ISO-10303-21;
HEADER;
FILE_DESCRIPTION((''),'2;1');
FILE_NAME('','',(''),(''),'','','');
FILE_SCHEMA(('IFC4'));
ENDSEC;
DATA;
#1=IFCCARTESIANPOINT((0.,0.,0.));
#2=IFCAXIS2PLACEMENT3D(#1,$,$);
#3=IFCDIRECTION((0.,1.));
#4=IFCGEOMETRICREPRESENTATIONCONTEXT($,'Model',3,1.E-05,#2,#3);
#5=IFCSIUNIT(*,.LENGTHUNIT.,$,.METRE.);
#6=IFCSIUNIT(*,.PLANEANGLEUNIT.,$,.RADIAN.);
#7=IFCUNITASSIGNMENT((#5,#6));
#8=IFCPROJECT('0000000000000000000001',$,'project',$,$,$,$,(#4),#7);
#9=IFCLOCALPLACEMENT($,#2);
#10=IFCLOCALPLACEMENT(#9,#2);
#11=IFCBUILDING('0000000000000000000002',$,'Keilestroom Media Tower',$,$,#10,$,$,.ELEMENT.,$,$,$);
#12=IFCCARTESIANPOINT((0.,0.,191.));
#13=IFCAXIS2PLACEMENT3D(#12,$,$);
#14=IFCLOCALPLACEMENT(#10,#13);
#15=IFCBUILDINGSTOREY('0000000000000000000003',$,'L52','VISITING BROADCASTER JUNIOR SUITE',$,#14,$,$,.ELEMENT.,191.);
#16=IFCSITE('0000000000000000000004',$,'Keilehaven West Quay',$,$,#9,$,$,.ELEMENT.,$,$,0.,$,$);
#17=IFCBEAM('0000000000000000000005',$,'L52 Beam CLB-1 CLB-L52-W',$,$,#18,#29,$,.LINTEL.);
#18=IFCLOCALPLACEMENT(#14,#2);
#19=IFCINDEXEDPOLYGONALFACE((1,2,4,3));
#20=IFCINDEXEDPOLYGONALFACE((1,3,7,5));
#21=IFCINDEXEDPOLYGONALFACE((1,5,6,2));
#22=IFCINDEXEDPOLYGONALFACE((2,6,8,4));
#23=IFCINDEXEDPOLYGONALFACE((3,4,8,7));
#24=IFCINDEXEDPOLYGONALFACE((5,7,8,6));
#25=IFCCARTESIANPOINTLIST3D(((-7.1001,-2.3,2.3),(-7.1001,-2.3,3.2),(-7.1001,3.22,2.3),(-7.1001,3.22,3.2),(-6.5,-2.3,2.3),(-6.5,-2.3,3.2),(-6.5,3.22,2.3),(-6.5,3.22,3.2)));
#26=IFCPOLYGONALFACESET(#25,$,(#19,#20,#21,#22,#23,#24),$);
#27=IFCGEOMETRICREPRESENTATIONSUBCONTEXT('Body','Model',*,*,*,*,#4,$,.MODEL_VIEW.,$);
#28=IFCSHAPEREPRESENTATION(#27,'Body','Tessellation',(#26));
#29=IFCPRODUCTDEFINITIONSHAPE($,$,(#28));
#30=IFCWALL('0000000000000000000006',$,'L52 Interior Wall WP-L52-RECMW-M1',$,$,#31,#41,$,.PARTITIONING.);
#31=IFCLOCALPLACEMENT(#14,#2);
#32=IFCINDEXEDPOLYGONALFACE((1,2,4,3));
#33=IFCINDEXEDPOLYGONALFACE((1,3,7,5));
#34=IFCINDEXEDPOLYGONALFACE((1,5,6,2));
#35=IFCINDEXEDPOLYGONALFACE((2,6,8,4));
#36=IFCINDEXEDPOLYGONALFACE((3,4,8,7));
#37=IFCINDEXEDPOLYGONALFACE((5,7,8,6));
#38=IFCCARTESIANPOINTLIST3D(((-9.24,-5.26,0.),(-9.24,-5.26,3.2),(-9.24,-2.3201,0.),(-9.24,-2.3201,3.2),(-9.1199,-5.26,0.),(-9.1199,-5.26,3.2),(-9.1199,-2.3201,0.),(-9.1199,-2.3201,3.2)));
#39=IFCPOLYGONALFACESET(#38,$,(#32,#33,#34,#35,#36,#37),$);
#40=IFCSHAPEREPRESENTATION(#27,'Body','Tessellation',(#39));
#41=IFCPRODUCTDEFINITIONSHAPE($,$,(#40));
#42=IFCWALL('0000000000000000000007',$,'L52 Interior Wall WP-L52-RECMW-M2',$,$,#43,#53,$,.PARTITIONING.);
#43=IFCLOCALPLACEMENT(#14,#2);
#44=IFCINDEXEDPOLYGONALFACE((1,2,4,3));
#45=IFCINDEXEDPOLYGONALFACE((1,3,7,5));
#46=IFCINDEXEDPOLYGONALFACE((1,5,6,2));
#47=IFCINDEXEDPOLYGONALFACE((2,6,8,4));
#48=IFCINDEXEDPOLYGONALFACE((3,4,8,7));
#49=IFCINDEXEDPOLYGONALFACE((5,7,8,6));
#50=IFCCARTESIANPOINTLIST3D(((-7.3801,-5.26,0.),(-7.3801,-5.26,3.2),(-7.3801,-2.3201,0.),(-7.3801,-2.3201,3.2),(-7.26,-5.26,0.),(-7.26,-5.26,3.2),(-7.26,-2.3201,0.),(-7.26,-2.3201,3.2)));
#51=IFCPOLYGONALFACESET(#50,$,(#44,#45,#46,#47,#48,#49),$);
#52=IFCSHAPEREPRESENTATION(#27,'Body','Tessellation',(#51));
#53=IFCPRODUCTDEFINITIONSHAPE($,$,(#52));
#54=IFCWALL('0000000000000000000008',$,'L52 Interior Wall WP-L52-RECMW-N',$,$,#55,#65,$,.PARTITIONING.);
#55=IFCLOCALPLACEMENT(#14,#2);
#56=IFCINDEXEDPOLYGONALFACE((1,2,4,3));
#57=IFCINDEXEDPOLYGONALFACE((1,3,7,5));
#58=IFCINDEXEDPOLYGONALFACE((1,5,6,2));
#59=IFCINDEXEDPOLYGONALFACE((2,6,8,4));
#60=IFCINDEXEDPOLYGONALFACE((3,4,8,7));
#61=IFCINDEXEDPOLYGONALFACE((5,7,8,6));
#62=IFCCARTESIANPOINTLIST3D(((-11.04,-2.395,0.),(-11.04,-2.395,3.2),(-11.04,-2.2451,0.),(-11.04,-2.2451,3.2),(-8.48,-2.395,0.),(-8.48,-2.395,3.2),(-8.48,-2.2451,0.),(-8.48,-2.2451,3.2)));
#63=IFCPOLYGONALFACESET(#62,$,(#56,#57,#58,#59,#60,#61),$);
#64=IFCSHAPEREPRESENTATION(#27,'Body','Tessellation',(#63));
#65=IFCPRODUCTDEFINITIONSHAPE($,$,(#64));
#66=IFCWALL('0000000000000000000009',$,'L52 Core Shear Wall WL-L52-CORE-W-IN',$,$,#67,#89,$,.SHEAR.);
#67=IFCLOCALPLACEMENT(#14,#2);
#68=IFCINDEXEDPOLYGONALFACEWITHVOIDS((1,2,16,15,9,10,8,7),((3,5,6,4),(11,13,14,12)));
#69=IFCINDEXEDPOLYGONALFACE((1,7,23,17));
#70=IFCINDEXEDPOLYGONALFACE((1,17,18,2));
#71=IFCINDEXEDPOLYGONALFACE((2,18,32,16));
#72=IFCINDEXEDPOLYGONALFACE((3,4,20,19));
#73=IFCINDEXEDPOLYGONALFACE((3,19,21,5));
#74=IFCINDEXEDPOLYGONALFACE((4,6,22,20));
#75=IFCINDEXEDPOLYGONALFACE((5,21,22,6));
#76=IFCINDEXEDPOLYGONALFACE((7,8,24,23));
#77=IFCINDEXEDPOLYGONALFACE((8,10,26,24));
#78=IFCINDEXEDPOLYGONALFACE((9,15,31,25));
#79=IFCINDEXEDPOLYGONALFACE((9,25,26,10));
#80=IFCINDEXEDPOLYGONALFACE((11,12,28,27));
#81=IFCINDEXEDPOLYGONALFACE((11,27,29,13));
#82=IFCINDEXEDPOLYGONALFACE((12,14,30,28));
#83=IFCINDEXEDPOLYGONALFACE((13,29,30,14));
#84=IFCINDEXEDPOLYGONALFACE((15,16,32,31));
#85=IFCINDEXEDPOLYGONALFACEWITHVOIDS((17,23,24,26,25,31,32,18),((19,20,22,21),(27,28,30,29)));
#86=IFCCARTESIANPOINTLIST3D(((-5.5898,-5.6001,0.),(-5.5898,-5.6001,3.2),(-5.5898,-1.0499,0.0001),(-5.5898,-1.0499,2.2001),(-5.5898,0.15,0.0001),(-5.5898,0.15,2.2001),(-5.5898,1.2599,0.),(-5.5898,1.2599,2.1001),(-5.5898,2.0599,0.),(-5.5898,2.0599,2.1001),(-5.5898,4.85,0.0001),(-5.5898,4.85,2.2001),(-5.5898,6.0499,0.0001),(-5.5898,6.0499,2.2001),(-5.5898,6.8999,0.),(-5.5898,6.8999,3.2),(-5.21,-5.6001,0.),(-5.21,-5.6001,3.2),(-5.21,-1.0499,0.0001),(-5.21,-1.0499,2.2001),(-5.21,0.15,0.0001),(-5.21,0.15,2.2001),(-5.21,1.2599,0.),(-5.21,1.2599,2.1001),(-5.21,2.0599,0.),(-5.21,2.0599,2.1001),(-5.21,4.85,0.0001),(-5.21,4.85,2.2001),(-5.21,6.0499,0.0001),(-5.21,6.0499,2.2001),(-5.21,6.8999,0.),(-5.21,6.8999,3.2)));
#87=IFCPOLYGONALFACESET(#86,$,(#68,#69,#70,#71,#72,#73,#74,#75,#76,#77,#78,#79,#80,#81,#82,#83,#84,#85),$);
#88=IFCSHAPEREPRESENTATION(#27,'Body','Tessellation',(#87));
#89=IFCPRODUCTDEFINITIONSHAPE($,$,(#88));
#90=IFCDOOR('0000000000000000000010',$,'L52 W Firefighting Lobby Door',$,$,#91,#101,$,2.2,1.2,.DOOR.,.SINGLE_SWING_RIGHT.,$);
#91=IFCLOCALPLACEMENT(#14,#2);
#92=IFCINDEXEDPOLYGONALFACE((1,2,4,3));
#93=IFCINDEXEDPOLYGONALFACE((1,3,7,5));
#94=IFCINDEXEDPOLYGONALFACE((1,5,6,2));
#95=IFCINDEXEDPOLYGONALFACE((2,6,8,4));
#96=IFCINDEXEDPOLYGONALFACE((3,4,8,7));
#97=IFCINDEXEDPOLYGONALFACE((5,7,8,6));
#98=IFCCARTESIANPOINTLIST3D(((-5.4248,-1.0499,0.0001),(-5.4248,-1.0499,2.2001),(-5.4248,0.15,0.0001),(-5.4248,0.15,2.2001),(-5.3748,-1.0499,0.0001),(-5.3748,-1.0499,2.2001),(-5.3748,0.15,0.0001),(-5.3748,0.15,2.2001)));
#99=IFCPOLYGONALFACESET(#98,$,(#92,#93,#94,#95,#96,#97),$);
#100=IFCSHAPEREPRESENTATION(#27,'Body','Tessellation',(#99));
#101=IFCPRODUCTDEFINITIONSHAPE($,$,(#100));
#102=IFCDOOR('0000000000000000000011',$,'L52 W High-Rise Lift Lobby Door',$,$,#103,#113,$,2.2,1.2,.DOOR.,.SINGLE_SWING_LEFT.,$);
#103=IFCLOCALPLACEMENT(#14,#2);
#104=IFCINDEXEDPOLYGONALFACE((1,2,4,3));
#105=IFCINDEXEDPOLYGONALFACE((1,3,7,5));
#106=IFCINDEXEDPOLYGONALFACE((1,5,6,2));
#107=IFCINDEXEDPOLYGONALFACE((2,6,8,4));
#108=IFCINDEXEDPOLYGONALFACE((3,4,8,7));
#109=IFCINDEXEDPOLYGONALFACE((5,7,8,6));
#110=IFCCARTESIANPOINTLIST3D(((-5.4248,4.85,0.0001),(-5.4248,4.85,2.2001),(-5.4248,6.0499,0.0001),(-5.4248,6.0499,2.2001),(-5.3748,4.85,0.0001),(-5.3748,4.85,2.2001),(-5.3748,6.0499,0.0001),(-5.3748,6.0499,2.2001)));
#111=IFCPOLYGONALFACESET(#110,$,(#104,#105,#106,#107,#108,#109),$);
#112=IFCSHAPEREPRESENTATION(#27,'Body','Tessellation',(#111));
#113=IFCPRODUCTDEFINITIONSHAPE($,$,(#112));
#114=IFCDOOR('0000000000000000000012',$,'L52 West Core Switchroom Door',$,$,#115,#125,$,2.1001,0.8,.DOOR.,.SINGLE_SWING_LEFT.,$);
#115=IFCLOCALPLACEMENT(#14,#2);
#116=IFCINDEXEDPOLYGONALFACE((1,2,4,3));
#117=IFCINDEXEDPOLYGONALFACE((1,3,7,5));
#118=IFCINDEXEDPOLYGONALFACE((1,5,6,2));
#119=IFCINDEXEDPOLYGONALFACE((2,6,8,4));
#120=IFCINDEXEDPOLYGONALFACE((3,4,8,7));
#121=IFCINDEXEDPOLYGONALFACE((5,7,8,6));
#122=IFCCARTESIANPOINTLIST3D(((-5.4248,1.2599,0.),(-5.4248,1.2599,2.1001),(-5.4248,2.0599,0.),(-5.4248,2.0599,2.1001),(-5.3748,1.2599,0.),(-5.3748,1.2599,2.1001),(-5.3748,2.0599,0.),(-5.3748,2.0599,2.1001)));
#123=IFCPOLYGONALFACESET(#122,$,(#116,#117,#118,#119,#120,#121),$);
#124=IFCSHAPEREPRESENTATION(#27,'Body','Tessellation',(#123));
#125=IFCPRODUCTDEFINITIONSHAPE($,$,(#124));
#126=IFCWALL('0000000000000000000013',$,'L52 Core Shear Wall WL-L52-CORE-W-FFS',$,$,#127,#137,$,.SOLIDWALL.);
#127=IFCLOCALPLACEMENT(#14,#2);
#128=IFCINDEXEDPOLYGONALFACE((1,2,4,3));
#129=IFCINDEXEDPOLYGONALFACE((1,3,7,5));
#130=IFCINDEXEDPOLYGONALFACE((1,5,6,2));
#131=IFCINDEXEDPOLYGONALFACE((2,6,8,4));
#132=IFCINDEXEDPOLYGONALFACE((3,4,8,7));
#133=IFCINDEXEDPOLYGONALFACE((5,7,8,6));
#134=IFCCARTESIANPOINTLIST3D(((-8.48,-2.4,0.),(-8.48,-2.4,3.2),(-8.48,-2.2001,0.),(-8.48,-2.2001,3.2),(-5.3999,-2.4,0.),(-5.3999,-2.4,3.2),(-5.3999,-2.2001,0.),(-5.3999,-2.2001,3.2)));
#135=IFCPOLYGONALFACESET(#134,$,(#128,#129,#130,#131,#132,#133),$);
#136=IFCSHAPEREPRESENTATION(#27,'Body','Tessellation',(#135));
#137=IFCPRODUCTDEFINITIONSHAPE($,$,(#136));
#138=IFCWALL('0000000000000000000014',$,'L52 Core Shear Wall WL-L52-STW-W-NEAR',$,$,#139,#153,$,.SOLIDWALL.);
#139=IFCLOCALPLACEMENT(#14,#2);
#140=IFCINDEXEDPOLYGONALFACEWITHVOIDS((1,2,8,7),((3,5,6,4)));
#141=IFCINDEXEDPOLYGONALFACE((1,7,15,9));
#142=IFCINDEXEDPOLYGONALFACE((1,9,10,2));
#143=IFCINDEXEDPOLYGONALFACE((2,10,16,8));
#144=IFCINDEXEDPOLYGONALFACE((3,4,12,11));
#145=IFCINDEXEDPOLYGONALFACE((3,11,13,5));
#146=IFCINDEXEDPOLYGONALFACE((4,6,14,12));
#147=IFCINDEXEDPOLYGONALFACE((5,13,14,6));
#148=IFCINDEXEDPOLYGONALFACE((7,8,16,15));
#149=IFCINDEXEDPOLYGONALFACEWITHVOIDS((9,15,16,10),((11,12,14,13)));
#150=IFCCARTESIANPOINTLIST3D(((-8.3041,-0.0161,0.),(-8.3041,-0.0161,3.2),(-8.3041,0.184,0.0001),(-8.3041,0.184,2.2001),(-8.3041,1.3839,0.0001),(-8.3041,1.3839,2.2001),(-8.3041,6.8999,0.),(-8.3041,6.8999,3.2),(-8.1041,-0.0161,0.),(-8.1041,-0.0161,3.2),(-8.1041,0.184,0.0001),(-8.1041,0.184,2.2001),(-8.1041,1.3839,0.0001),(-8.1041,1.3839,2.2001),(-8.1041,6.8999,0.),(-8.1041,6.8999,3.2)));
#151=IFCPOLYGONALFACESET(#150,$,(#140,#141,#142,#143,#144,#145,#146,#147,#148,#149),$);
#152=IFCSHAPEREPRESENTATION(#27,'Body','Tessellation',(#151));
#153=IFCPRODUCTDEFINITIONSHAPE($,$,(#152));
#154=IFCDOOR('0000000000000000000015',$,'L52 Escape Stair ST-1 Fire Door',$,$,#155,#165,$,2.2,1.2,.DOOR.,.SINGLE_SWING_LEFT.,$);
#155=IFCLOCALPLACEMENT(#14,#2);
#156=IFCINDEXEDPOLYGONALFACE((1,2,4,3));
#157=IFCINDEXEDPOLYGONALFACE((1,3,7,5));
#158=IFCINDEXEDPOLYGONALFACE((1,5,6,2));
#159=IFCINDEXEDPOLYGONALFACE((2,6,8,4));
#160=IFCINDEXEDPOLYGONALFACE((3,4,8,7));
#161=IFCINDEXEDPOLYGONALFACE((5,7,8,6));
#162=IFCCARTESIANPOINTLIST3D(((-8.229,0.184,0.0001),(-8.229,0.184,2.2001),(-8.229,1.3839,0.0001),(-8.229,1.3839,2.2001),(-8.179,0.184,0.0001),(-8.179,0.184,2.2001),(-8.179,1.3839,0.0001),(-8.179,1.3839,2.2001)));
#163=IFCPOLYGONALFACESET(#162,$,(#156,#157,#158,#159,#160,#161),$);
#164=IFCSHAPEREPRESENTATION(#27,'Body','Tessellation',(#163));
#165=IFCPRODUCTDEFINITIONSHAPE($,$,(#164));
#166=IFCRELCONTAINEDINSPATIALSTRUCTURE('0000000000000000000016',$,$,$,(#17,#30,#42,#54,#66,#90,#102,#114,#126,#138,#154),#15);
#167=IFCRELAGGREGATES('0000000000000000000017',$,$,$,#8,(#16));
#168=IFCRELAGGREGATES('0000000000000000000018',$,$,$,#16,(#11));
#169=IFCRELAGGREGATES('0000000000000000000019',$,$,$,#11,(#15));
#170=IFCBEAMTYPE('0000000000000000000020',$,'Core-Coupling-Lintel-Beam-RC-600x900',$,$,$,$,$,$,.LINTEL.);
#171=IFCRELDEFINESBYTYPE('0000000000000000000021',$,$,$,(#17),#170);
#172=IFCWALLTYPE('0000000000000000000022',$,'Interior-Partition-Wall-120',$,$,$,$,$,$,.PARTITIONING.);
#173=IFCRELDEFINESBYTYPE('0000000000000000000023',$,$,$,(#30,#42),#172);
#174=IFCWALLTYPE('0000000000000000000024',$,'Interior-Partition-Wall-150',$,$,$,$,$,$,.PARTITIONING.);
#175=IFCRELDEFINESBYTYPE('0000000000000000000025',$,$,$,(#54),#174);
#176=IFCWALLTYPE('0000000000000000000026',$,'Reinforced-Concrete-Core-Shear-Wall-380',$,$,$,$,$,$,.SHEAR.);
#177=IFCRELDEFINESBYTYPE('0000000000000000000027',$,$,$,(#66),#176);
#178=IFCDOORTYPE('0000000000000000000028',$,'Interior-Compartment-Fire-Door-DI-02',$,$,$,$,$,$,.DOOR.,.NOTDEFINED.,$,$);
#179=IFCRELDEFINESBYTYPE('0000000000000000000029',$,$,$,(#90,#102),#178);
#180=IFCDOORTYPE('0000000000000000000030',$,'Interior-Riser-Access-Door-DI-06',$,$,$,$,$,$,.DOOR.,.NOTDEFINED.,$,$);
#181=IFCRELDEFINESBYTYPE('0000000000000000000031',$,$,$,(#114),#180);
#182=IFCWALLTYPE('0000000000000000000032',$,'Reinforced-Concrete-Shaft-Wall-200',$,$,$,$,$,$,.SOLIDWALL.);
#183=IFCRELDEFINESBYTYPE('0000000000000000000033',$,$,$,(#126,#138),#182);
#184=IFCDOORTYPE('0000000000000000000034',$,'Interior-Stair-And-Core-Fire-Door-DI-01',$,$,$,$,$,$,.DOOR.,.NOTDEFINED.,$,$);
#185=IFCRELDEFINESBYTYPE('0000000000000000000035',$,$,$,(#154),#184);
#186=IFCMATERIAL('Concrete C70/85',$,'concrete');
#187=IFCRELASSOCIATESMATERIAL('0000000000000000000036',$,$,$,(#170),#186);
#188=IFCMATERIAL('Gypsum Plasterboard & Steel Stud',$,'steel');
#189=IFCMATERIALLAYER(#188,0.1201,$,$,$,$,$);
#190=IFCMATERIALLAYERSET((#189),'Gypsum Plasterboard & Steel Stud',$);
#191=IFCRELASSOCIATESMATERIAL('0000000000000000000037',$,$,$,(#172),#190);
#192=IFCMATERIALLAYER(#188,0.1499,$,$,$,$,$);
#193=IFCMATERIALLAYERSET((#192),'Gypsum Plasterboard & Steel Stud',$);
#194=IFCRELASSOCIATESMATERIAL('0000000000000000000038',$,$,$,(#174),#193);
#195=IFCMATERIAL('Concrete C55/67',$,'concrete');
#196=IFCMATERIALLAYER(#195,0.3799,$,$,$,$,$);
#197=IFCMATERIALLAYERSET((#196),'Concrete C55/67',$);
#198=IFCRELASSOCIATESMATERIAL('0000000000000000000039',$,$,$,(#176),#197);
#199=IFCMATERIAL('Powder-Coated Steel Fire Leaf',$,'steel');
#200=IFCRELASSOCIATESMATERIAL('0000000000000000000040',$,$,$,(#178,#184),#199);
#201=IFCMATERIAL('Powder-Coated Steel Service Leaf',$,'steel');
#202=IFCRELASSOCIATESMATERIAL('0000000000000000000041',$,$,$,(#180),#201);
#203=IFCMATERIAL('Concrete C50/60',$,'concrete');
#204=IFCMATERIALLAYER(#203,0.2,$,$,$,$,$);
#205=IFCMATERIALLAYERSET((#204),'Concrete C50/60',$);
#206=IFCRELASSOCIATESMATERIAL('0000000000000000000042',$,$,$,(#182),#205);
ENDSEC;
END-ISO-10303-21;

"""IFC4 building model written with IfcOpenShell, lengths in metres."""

from ifc_helpers import new_model, si_unit, direction, frame, frame_2d, origin, origin_2d, place, context, subcontext, project, spatial, rectangle, extrude, source, transform, mapped, material, layer, layer_set, material_profile, profile_set, type_object, element, fill, save


model = new_model("IFC4")

# Units and contexts
model_context = context("Model", 3, precision=1e-05, world=origin(), true_north=direction((0.0, 1.0)))
body_context = subcontext(model_context, "Body", "Model", "MODEL_VIEW")
ifc_project = project(units=[si_unit("LENGTHUNIT", "METRE"), si_unit("PLANEANGLEUNIT", "RADIAN")], contexts=[model_context])

# Site, building, storey
site_placement = place(None, origin())
site = spatial("IfcSite", under=ifc_project, at=site_placement, Name="Keilehaven West Quay", CompositionType="ELEMENT", RefElevation=0.0)
building_placement = place(site_placement, origin())
building = spatial("IfcBuilding", under=site, at=building_placement, Name="Keilestroom Media Tower", CompositionType="ELEMENT")
storey_placement = place(building_placement, frame((0.0, 0.0, 191.0)))
storey = spatial("IfcBuildingStorey", under=building, at=storey_placement, Name="L52", Description="VISITING BROADCASTER JUNIOR SUITE", CompositionType="ELEMENT", Elevation=191.0)

# Beam
ifc_material_1 = material(Name="Concrete C70/85", Category="concrete")
ifc_material_profile = material_profile(ifc_material_1, rectangle(XDim=0.6001, YDim=0.8999, at=origin_2d()), Name="RC 600x900")
ifc_profile_set = profile_set([ifc_material_profile], Name="Concrete C70/85")
beam_type = type_object("IfcBeamType", Name="Core-Coupling-Lintel-Beam-RC-600x900", PredefinedType="LINTEL", material=ifc_profile_set)
shared_shape_1 = source(origin(), body_context, "Body", "SweptSolid", [
    extrude(rectangle(XDim=0.6001, YDim=0.8999, at=origin_2d()), origin(), (0.0, 0.0, 1.0), 5.52),
])
beam_placement = place(storey_placement, frame((-6.8, -2.3, 2.75), z_axis=(0.0, 1.0, 0.0), x_axis=(-1.0, 0.0, 0.0)))
element("IfcBeam", 1, at=beam_placement, inside=storey, type_object=beam_type, Name="L52 Beam CLB-1 CLB-L52-W", PredefinedType="LINTEL", context=body_context, shape_type="MappedRepresentation", body=[
    mapped(shared_shape_1, transform((0.0, 0.0, 0.0), x_axis=(1.0, 0.0, 0.0), y_axis=(0.0, 1.0, 0.0), z_axis=(0.0, 0.0, 1.0), scale=1.0)),
])

# Walls
ifc_material_2 = material(Name="Gypsum Plasterboard & Steel Stud", Category="steel")
ifc_layer_1 = layer(ifc_material_2, 0.1201)
ifc_layer_set_1 = layer_set([ifc_layer_1], Name="Gypsum Plasterboard & Steel Stud")
wall_type_1 = type_object("IfcWallType", Name="Interior-Partition-Wall-120", PredefinedType="PARTITIONING", material=ifc_layer_set_1)
for number, where, z_axis, x_axis, name in (
    (2, (-9.1799, -5.26, 0.0), (0.0, 0.0, 1.0), (0.0, 1.0, 0.0), "L52 Interior Wall WP-L52-RECMW-M1"),
    (3, (-7.3201, -5.26, 0.0), (0.0, 0.0, 1.0), (0.0, 1.0, 0.0), "L52 Interior Wall WP-L52-RECMW-M2"),
):
    element("IfcWall", number, at=place(storey_placement, frame(where, z_axis=z_axis, x_axis=x_axis)), inside=storey, type_object=wall_type_1, Name=name, PredefinedType="PARTITIONING", context=body_context, shape_type="SweptSolid", body=[
        extrude(rectangle(XDim=2.9399, YDim=0.1201, at=frame_2d((1.47, 0.0))), origin(), (0.0, 0.0, 1.0), 3.2),
    ])
ifc_layer_2 = layer(ifc_material_2, 0.1499)
ifc_layer_set_2 = layer_set([ifc_layer_2], Name="Gypsum Plasterboard & Steel Stud")
wall_type_2 = type_object("IfcWallType", Name="Interior-Partition-Wall-150", PredefinedType="PARTITIONING", material=ifc_layer_set_2)
wall_1_placement = place(storey_placement, frame((-11.04, -2.3201, 0.0), z_axis=(0.0, 0.0, 1.0), x_axis=(1.0, 0.0, 0.0)))
element("IfcWall", 4, at=wall_1_placement, inside=storey, type_object=wall_type_2, Name="L52 Interior Wall WP-L52-RECMW-N", PredefinedType="PARTITIONING", context=body_context, shape_type="SweptSolid", body=[
    extrude(rectangle(XDim=2.5601, YDim=0.1499, at=frame_2d((1.28, 0.0))), origin(), (0.0, 0.0, 1.0), 3.2),
])

# Wall, openings, doors
ifc_material_3 = material(Name="Concrete C55/67", Category="concrete")
ifc_layer_3 = layer(ifc_material_3, 0.3799)
ifc_layer_set_3 = layer_set([ifc_layer_3], Name="Concrete C55/67")
wall_type_3 = type_object("IfcWallType", Name="Reinforced-Concrete-Core-Shear-Wall-380", PredefinedType="SHEAR", material=ifc_layer_set_3)
wall_2_placement = place(storey_placement, frame((-5.3999, -5.6001, 0.0), z_axis=(0.0, 0.0, 1.0), x_axis=(0.0, 1.0, 0.0)))
wall_2 = element("IfcWall", 5, at=wall_2_placement, inside=storey, type_object=wall_type_3, Name="L52 Core Shear Wall WL-L52-CORE-W-IN", PredefinedType="SHEAR", context=body_context, shape_type="SweptSolid", body=[
    extrude(rectangle(XDim=12.5, YDim=0.3799, at=frame_2d((6.25, 0.0))), origin(), (0.0, 0.0, 1.0), 3.2),
])
opening_1_placement = place(wall_2_placement, frame((4.55, 0.0, 0.0)))
opening_1 = element("IfcOpeningElement", 6, at=opening_1_placement, cuts=wall_2, PredefinedType="OPENING", context=body_context, shape_type="SweptSolid", body=[
    extrude(rectangle(XDim=1.2, YDim=2.2, at=frame_2d((0.6001, 1.1001))), frame((0.0, 0.2, 0.0), z_axis=(0.0, -1.0, 0.0), x_axis=(1.0, 0.0, 0.0)), (0.0, 0.0, 1.0), 0.3999),
])
opening_2_placement = place(wall_2_placement, frame((10.45, 0.0, 0.0)))
opening_2 = element("IfcOpeningElement", 7, at=opening_2_placement, cuts=wall_2, PredefinedType="OPENING", context=body_context, shape_type="SweptSolid", body=[
    extrude(rectangle(XDim=1.2, YDim=2.2, at=frame_2d((0.6001, 1.1001))), frame((0.0, 0.2, 0.0), z_axis=(0.0, -1.0, 0.0), x_axis=(1.0, 0.0, 0.0)), (0.0, 0.0, 1.0), 0.3999),
])
opening_3_placement = place(wall_2_placement, frame((6.8601, 0.0, 0.0)))
opening_3 = element("IfcOpeningElement", 8, at=opening_3_placement, cuts=wall_2, PredefinedType="OPENING", context=body_context, shape_type="SweptSolid", body=[
    extrude(rectangle(XDim=0.8, YDim=2.1001, at=frame_2d((0.3999, 1.05))), frame((0.0, 0.2, 0.0), z_axis=(0.0, -1.0, 0.0), x_axis=(1.0, 0.0, 0.0)), (0.0, 0.0, 1.0), 0.3999),
])
ifc_material_4 = material(Name="Powder-Coated Steel Fire Leaf", Category="steel")
door_type_1 = type_object("IfcDoorType", Name="Interior-Compartment-Fire-Door-DI-02", OperationType="NOTDEFINED", PredefinedType="DOOR", material=ifc_material_4)
shared_shape_2 = source(origin(), body_context, "Body", "SweptSolid", [
    extrude(rectangle(XDim=1.2, YDim=2.2, at=frame_2d((0.6001, 1.1001))), frame((0.0, 0.0249, 0.0), z_axis=(0.0, -1.0, 0.0), x_axis=(1.0, 0.0, 0.0)), (0.0, 0.0, 1.0), 0.05),
])
door_1_placement = place(opening_1_placement, origin())
door_1 = element("IfcDoor", 9, at=door_1_placement, inside=storey, type_object=door_type_1, Name="L52 W Firefighting Lobby Door", OperationType="SINGLE_SWING_RIGHT", OverallHeight=2.2, OverallWidth=1.2, PredefinedType="DOOR", context=body_context, shape_type="MappedRepresentation", body=[
    mapped(shared_shape_2, transform((0.0, 0.0, 0.0), x_axis=(1.0, 0.0, 0.0), y_axis=(0.0, 1.0, 0.0), z_axis=(0.0, 0.0, 1.0), scale=1.0)),
])
fill(opening_1, door_1)
door_2_placement = place(opening_2_placement, origin())
door_2 = element("IfcDoor", 10, at=door_2_placement, inside=storey, type_object=door_type_1, Name="L52 W High-Rise Lift Lobby Door", OperationType="SINGLE_SWING_LEFT", OverallHeight=2.2, OverallWidth=1.2, PredefinedType="DOOR", context=body_context, shape_type="MappedRepresentation", body=[
    mapped(shared_shape_2, transform((0.0, 0.0, 0.0), x_axis=(1.0, 0.0, 0.0), y_axis=(0.0, 1.0, 0.0), z_axis=(0.0, 0.0, 1.0), scale=1.0)),
])
fill(opening_2, door_2)
ifc_material_5 = material(Name="Powder-Coated Steel Service Leaf", Category="steel")
door_type_2 = type_object("IfcDoorType", Name="Interior-Riser-Access-Door-DI-06", OperationType="NOTDEFINED", PredefinedType="DOOR", material=ifc_material_5)
shared_shape_3 = source(origin(), body_context, "Body", "SweptSolid", [
    extrude(rectangle(XDim=0.8, YDim=2.1001, at=frame_2d((0.3999, 1.05))), frame((0.0, 0.0249, 0.0), z_axis=(0.0, -1.0, 0.0), x_axis=(1.0, 0.0, 0.0)), (0.0, 0.0, 1.0), 0.05),
])
door_3_placement = place(opening_3_placement, origin())
door_3 = element("IfcDoor", 11, at=door_3_placement, inside=storey, type_object=door_type_2, Name="L52 West Core Switchroom Door", OperationType="SINGLE_SWING_LEFT", OverallHeight=2.1001, OverallWidth=0.8, PredefinedType="DOOR", context=body_context, shape_type="MappedRepresentation", body=[
    mapped(shared_shape_3, transform((0.0, 0.0, 0.0), x_axis=(1.0, 0.0, 0.0), y_axis=(0.0, 1.0, 0.0), z_axis=(0.0, 0.0, 1.0), scale=1.0)),
])
fill(opening_3, door_3)

# Wall
ifc_material_6 = material(Name="Concrete C50/60", Category="concrete")
ifc_layer_4 = layer(ifc_material_6, 0.2)
ifc_layer_set_4 = layer_set([ifc_layer_4], Name="Concrete C50/60")
wall_type_4 = type_object("IfcWallType", Name="Reinforced-Concrete-Shaft-Wall-200", PredefinedType="SOLIDWALL", material=ifc_layer_set_4)
wall_3_placement = place(storey_placement, frame((-8.48, -2.3, 0.0), z_axis=(0.0, 0.0, 1.0), x_axis=(1.0, 0.0, 0.0)))
element("IfcWall", 12, at=wall_3_placement, inside=storey, type_object=wall_type_4, Name="L52 Core Shear Wall WL-L52-CORE-W-FFS", PredefinedType="SOLIDWALL", context=body_context, shape_type="SweptSolid", body=[
    extrude(rectangle(XDim=3.0801, YDim=0.2, at=frame_2d((1.54, 0.0))), origin(), (0.0, 0.0, 1.0), 3.2),
])

# Wall, opening, door
wall_4_placement = place(storey_placement, frame((-8.2041, -0.0161, 0.0), z_axis=(0.0, 0.0, 1.0), x_axis=(0.0, 1.0, 0.0)))
wall_4 = element("IfcWall", 13, at=wall_4_placement, inside=storey, type_object=wall_type_4, Name="L52 Core Shear Wall WL-L52-STW-W-NEAR", PredefinedType="SOLIDWALL", context=body_context, shape_type="SweptSolid", body=[
    extrude(rectangle(XDim=6.916, YDim=0.2, at=frame_2d((3.458, 0.0))), origin(), (0.0, 0.0, 1.0), 3.2),
])
opening_4_placement = place(wall_4_placement, frame((0.2, 0.0, 0.0)))
opening_4 = element("IfcOpeningElement", 14, at=opening_4_placement, cuts=wall_4, PredefinedType="OPENING", context=body_context, shape_type="SweptSolid", body=[
    extrude(rectangle(XDim=1.2, YDim=2.2, at=frame_2d((0.6001, 1.1001))), frame((0.0, 0.1099, 0.0), z_axis=(0.0, -1.0, 0.0), x_axis=(1.0, 0.0, 0.0)), (0.0, 0.0, 1.0), 0.22),
])
door_type_3 = type_object("IfcDoorType", Name="Interior-Stair-And-Core-Fire-Door-DI-01", OperationType="NOTDEFINED", PredefinedType="DOOR", material=ifc_material_4)
door_4_placement = place(opening_4_placement, origin())
door_4 = element("IfcDoor", 15, at=door_4_placement, inside=storey, type_object=door_type_3, Name="L52 Escape Stair ST-1 Fire Door", OperationType="SINGLE_SWING_LEFT", OverallHeight=2.2, OverallWidth=1.2, PredefinedType="DOOR", context=body_context, shape_type="MappedRepresentation", body=[
    mapped(shared_shape_2, transform((0.0, 0.0, 0.0), x_axis=(1.0, 0.0, 0.0), y_axis=(0.0, 1.0, 0.0), z_axis=(0.0, 0.0, 1.0), scale=1.0)),
])
fill(opening_4, door_4)

save(model, "model.ifc")
